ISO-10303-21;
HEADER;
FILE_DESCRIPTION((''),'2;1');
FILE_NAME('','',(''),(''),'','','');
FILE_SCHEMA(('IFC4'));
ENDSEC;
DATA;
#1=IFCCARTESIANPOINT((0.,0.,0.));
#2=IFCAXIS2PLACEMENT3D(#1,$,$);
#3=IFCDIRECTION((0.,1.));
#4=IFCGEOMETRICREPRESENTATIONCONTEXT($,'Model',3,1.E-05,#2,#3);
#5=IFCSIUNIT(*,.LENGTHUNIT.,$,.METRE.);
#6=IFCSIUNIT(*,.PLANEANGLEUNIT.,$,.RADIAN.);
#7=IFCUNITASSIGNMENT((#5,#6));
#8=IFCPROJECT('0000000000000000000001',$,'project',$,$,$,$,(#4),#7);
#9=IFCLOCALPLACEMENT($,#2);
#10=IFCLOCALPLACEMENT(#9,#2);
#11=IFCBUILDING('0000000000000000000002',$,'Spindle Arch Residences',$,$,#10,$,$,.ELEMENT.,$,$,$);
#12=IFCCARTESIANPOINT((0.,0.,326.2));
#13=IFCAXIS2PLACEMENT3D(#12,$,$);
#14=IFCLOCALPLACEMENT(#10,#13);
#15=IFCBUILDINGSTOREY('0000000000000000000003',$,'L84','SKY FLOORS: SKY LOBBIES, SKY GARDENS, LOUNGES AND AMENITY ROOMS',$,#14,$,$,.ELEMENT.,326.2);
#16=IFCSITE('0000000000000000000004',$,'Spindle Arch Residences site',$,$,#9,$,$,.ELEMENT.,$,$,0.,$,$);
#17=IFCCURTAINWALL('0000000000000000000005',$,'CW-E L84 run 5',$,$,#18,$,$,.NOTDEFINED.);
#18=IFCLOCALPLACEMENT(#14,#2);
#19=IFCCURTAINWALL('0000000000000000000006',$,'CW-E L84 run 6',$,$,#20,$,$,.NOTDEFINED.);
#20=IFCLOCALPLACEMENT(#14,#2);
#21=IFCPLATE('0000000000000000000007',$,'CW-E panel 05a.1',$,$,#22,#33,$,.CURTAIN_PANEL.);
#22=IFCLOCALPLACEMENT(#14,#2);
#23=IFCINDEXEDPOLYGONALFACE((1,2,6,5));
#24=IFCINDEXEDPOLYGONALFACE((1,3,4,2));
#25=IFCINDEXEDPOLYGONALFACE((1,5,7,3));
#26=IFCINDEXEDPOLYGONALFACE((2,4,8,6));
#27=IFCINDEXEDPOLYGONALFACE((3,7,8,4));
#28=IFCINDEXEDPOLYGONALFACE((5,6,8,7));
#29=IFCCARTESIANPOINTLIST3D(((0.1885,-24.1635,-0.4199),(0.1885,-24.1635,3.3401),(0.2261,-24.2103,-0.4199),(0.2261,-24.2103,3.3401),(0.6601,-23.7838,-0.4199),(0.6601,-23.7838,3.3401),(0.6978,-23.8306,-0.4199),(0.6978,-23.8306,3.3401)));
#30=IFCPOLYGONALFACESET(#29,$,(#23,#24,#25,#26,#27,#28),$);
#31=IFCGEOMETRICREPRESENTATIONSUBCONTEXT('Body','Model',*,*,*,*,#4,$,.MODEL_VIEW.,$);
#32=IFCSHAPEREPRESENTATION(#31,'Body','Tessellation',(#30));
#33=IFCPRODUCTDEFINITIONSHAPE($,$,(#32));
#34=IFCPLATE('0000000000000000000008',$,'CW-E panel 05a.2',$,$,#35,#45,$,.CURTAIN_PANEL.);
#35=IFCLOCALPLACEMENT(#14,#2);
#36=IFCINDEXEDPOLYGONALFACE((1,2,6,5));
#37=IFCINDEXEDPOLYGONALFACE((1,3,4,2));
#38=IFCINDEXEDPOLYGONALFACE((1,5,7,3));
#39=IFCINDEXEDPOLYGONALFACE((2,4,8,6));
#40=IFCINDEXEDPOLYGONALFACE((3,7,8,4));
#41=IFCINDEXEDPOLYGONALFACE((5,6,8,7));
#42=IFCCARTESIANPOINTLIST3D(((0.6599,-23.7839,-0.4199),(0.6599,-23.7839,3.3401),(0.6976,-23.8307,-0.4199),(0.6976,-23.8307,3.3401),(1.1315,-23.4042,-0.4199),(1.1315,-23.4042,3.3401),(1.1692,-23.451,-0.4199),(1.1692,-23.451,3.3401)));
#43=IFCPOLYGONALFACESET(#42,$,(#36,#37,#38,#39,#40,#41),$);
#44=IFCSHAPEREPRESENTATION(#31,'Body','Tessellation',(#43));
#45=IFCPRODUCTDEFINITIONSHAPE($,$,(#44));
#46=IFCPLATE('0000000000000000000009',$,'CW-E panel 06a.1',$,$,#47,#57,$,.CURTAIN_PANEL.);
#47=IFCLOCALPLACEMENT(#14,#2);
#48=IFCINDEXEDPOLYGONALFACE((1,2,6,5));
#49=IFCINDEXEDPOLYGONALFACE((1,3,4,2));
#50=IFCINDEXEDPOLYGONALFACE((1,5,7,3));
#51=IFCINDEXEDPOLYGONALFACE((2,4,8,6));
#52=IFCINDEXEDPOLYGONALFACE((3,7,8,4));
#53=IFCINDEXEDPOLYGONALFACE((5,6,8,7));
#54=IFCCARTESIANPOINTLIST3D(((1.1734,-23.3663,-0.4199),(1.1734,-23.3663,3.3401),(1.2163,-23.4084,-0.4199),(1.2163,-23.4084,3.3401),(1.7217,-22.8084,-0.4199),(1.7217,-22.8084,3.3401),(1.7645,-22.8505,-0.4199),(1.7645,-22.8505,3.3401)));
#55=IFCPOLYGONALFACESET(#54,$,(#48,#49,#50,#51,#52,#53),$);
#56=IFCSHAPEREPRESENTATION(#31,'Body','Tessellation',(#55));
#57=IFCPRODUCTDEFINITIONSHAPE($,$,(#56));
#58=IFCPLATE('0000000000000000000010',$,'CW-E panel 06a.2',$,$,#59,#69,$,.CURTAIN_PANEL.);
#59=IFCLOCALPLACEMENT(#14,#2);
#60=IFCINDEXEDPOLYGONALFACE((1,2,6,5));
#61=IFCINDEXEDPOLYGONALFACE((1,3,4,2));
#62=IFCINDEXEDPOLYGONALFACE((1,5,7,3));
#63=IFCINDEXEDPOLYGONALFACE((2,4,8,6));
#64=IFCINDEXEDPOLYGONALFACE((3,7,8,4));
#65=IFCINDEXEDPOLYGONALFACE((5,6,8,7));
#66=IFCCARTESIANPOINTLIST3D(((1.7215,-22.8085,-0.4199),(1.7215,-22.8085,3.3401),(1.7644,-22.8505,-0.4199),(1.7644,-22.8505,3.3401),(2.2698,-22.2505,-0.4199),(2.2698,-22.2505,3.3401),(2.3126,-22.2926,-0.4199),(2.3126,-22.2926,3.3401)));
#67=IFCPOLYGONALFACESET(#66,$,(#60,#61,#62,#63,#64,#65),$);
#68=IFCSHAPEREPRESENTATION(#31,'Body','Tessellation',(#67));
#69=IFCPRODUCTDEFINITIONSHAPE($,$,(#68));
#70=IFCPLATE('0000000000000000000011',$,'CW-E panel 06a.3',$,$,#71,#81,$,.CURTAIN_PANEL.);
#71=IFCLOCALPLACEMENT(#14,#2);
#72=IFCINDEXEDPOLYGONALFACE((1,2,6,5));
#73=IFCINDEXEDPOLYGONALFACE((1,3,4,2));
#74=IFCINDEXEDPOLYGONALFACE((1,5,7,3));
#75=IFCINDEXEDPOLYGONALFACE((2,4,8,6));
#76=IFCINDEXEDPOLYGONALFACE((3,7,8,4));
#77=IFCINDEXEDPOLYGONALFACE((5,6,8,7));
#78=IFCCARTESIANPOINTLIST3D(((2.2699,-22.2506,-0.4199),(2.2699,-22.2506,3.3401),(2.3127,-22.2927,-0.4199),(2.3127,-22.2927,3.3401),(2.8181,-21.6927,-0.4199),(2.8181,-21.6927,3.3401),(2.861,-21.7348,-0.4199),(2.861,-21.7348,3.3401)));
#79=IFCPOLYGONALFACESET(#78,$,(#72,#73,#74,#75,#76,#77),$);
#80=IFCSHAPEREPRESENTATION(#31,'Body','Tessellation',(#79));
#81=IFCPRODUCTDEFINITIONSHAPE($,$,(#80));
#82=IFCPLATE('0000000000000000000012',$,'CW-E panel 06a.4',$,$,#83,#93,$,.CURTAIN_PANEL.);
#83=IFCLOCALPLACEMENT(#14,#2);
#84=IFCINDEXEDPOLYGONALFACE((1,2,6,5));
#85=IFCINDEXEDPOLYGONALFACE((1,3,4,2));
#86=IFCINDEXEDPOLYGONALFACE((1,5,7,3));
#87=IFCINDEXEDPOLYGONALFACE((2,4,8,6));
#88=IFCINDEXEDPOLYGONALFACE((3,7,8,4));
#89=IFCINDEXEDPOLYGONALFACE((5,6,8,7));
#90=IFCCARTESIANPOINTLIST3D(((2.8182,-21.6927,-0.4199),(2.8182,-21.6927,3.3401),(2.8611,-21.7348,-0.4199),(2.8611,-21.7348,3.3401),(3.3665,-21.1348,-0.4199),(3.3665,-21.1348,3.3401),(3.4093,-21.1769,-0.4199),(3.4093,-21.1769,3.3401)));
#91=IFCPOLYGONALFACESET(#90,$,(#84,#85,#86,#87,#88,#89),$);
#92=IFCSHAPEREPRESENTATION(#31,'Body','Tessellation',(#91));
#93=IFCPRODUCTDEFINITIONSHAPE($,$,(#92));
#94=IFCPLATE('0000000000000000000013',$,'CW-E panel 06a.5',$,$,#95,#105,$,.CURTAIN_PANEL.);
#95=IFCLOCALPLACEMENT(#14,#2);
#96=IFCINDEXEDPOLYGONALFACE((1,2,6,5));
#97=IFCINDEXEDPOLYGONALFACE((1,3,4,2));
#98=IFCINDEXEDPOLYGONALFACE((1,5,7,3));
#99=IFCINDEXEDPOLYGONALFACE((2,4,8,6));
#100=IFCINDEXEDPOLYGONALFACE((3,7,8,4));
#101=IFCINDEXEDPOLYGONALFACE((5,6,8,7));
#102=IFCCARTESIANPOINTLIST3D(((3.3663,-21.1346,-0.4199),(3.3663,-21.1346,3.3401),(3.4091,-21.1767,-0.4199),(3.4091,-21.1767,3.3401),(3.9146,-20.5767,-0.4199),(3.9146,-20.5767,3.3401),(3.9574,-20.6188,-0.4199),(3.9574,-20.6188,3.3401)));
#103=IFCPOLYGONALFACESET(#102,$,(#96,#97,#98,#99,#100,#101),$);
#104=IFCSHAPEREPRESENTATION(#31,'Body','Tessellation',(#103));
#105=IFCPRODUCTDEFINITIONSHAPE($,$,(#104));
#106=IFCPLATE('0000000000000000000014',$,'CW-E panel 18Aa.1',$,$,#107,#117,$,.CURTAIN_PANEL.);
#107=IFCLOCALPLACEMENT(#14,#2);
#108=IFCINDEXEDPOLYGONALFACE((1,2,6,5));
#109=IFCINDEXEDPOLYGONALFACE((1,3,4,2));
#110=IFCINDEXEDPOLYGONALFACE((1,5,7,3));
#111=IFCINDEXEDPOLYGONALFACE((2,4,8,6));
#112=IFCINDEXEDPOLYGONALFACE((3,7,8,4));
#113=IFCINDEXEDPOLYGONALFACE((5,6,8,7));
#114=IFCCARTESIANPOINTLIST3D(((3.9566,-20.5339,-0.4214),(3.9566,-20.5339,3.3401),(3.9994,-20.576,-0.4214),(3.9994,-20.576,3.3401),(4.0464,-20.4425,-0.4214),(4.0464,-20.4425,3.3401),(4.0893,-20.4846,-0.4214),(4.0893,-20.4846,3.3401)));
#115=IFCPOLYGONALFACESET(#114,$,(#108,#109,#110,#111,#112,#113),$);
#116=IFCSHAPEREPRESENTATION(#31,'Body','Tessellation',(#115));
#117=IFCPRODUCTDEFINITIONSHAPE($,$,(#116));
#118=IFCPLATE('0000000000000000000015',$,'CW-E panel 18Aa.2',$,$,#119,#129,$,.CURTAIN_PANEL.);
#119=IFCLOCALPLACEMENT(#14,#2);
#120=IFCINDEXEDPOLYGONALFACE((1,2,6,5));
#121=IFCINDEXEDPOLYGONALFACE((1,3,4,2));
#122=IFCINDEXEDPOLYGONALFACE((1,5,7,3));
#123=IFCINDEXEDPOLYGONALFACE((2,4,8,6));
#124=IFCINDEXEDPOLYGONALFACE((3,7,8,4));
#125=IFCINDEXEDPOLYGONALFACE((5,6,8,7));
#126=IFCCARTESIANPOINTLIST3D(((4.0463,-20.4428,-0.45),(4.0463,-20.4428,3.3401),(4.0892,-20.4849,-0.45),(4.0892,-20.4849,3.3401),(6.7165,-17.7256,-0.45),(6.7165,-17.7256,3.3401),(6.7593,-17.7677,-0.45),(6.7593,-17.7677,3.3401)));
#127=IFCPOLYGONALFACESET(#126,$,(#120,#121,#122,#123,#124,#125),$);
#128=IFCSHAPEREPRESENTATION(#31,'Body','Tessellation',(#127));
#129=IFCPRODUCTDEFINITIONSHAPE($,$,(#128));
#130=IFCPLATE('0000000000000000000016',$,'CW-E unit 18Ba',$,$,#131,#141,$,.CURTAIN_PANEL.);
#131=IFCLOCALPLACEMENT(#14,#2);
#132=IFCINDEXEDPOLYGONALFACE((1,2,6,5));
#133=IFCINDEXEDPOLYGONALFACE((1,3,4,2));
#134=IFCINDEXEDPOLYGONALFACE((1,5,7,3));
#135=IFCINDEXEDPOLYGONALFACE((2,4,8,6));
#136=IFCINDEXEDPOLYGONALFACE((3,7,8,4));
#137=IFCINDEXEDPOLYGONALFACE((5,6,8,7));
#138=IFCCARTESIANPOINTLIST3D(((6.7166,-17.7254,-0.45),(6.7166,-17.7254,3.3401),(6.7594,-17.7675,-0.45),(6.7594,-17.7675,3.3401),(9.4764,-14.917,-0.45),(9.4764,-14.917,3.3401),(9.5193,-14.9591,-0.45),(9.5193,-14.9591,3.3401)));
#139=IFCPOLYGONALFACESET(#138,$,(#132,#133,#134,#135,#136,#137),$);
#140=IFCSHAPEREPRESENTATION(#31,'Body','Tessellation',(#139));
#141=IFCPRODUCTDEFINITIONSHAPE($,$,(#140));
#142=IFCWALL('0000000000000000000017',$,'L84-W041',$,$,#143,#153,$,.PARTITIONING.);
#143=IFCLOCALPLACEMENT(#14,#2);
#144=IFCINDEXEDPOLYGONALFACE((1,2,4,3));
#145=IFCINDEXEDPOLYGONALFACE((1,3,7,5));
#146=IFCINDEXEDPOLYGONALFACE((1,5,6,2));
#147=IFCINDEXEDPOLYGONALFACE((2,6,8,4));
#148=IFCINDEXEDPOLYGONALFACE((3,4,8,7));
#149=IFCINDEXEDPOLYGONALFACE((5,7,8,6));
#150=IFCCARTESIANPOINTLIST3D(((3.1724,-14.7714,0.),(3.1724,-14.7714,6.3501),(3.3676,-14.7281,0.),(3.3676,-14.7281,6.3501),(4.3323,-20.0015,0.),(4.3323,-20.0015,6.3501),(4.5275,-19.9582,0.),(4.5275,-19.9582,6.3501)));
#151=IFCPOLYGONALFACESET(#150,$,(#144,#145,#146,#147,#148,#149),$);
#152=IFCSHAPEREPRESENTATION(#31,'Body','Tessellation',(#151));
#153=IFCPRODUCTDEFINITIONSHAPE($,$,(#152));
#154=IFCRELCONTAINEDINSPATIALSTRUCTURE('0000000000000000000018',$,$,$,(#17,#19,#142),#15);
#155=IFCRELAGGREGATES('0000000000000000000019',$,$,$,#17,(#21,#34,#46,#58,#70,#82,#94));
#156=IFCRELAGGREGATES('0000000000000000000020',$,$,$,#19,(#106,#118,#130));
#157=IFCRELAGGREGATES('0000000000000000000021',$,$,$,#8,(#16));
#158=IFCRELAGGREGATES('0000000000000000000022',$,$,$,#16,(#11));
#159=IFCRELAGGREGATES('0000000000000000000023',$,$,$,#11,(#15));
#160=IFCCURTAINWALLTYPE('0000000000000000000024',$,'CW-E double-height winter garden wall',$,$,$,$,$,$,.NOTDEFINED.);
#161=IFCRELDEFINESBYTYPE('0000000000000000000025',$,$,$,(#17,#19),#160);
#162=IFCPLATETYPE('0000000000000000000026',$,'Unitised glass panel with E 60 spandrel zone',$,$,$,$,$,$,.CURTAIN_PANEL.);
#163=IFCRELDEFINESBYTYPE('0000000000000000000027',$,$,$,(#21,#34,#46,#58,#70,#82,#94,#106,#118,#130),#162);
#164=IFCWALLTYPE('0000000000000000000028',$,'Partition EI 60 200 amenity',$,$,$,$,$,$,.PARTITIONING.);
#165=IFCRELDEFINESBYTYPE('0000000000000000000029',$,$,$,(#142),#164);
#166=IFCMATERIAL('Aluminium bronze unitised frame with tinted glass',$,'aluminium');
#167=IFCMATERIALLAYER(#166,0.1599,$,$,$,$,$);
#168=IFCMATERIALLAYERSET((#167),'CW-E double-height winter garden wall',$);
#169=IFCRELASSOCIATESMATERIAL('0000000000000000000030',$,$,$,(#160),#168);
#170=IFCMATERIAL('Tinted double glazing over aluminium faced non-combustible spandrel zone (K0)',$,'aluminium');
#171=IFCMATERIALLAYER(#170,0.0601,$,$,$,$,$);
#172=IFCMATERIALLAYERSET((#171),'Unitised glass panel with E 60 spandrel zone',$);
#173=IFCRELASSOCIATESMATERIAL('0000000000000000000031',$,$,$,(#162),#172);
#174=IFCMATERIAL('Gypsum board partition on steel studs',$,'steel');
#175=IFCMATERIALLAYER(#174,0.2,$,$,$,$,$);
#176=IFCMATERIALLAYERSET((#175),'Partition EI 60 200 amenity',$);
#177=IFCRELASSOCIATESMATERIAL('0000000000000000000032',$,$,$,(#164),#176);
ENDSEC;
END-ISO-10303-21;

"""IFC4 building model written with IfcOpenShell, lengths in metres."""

from ifc_helpers import new_model, si_unit, direction, frame, frame_2d, origin, origin_2d, place, context, subcontext, project, spatial, rectangle, extrude, material, layer, layer_set, type_object, element, aggregate, save


model = new_model("IFC4")

# Units and contexts
model_context = context("Model", 3, precision=1e-05, world=origin(), true_north=direction((0.0, 1.0)))
body_context = subcontext(model_context, "Body", "Model", "MODEL_VIEW")
ifc_project = project(units=[si_unit("LENGTHUNIT", "METRE"), si_unit("PLANEANGLEUNIT", "RADIAN")], contexts=[model_context])

# Site, building, storey
site_placement = place(None, origin())
site = spatial("IfcSite", under=ifc_project, at=site_placement, Name="Spindle Arch Residences site", CompositionType="ELEMENT", RefElevation=0.0)
building_placement = place(site_placement, origin())
building = spatial("IfcBuilding", under=site, at=building_placement, Name="Spindle Arch Residences", CompositionType="ELEMENT")
storey_placement = place(building_placement, frame((0.0, 0.0, 326.2)))
storey = spatial("IfcBuildingStorey", under=building, at=storey_placement, Name="L84", Description="SKY FLOORS: SKY LOBBIES, SKY GARDENS, LOUNGES AND AMENITY ROOMS", CompositionType="ELEMENT", Elevation=326.2)

# Curtain wall
ifc_material_1 = material(Name="Aluminium bronze unitised frame with tinted glass", Category="aluminium")
ifc_layer_1 = layer(ifc_material_1, 0.1599)
ifc_layer_set_1 = layer_set([ifc_layer_1], Name="CW-E double-height winter garden wall")
curtain_wall_type = type_object("IfcCurtainWallType", Name="CW-E double-height winter garden wall", PredefinedType="NOTDEFINED", material=ifc_layer_set_1)
curtain_wall_1_placement = place(storey_placement, origin())
curtain_wall_1 = element("IfcCurtainWall", 1, at=curtain_wall_1_placement, inside=storey, type_object=curtain_wall_type, Name="CW-E L84 run 5", PredefinedType="NOTDEFINED")

# Curtain wall
curtain_wall_2_placement = place(storey_placement, origin())
curtain_wall_2 = element("IfcCurtainWall", 2, at=curtain_wall_2_placement, inside=storey, type_object=curtain_wall_type, Name="CW-E L84 run 6", PredefinedType="NOTDEFINED")

# Plates
ifc_material_2 = material(Name="Tinted double glazing over aluminium faced non-combustible spandrel zone (K0)", Category="aluminium")
ifc_layer_2 = layer(ifc_material_2, 0.0601)
ifc_layer_set_2 = layer_set([ifc_layer_2], Name="Unitised glass panel with E 60 spandrel zone")
plate_type_1 = type_object("IfcPlateType", Name="Unitised glass panel with E 60 spandrel zone", PredefinedType="CURTAIN_PANEL", material=ifc_layer_set_2)
plate_1_placement = place(storey_placement, frame((0.4431, -23.9971, -0.4199), z_axis=(0.0, 0.0, 1.0), x_axis=(0.778973, 0.627057, 0.0)))
plate_1 = element("IfcPlate", 3, at=plate_1_placement, type_object=plate_type_1, Name="CW-E panel 05a.1", PredefinedType="CURTAIN_PANEL", context=body_context, shape_type="SweptSolid", body=[
    extrude(rectangle(XDim=0.6055, YDim=0.0601, at=origin_2d()), origin(), (0.0, 0.0, 1.0), 3.76),
])
plate_2_placement = place(storey_placement, frame((0.9146, -23.6174, -0.4199), z_axis=(0.0, 0.0, 1.0), x_axis=(0.778973, 0.627057, 0.0)))
plate_2 = element("IfcPlate", 4, at=plate_2_placement, type_object=plate_type_1, Name="CW-E panel 05a.2", PredefinedType="CURTAIN_PANEL", context=body_context, shape_type="SweptSolid", body=[
    extrude(rectangle(XDim=0.6055, YDim=0.0601, at=origin_2d()), origin(), (0.0, 0.0, 1.0), 3.76),
])
plate_3_placement = place(storey_placement, frame((1.469, -23.1084, -0.4199), z_axis=(0.0, 0.0, 1.0), x_axis=(0.700909, 0.71325, 0.0)))
plate_3 = element("IfcPlate", 5, at=plate_3_placement, type_object=plate_type_1, Name="CW-E panel 06a.1", PredefinedType="CURTAIN_PANEL", context=body_context, shape_type="SweptSolid", body=[
    extrude(rectangle(XDim=0.7822, YDim=0.0601, at=origin_2d()), origin(), (0.0, 0.0, 1.0), 3.76),
])
plate_4_placement = place(storey_placement, frame((2.0171, -22.5505, -0.4199), z_axis=(0.0, 0.0, 1.0), x_axis=(0.700909, 0.71325, 0.0)))
plate_4 = element("IfcPlate", 6, at=plate_4_placement, type_object=plate_type_1, Name="CW-E panel 06a.2", PredefinedType="CURTAIN_PANEL", context=body_context, shape_type="SweptSolid", body=[
    extrude(rectangle(XDim=0.7822, YDim=0.0601, at=origin_2d()), origin(), (0.0, 0.0, 1.0), 3.76),
])
plate_5_placement = place(storey_placement, frame((2.5654, -21.9927, -0.4199), z_axis=(0.0, 0.0, 1.0), x_axis=(0.700909, 0.71325, 0.0)))
plate_5 = element("IfcPlate", 7, at=plate_5_placement, type_object=plate_type_1, Name="CW-E panel 06a.3", PredefinedType="CURTAIN_PANEL", context=body_context, shape_type="SweptSolid", body=[
    extrude(rectangle(XDim=0.7822, YDim=0.0601, at=origin_2d()), origin(), (0.0, 0.0, 1.0), 3.76),
])
plate_6_placement = place(storey_placement, frame((3.1138, -21.4348, -0.4199), z_axis=(0.0, 0.0, 1.0), x_axis=(0.700909, 0.71325, 0.0)))
plate_6 = element("IfcPlate", 8, at=plate_6_placement, type_object=plate_type_1, Name="CW-E panel 06a.4", PredefinedType="CURTAIN_PANEL", context=body_context, shape_type="SweptSolid", body=[
    extrude(rectangle(XDim=0.7822, YDim=0.0601, at=origin_2d()), origin(), (0.0, 0.0, 1.0), 3.76),
])
plate_7_placement = place(storey_placement, frame((3.6619, -20.8767, -0.4199), z_axis=(0.0, 0.0, 1.0), x_axis=(0.700909, 0.71325, 0.0)))
plate_7 = element("IfcPlate", 9, at=plate_7_placement, type_object=plate_type_1, Name="CW-E panel 06a.5", PredefinedType="CURTAIN_PANEL", context=body_context, shape_type="SweptSolid", body=[
    extrude(rectangle(XDim=0.7822, YDim=0.0601, at=origin_2d()), origin(), (0.0, 0.0, 1.0), 3.76),
])
aggregate(curtain_wall_1, [plate_1, plate_2, plate_3, plate_4, plate_5, plate_6, plate_7])
plate_8_placement = place(storey_placement, frame((4.0229, -20.5093, -0.4214), z_axis=(0.0, 0.0, 1.0), x_axis=(0.700909, 0.71325, 0.0)))
plate_8 = element("IfcPlate", 10, at=plate_8_placement, type_object=plate_type_1, Name="CW-E panel 18Aa.1", PredefinedType="CURTAIN_PANEL", context=body_context, shape_type="SweptSolid", body=[
    extrude(rectangle(XDim=0.1282, YDim=0.0601, at=origin_2d()), origin(), (0.0, 0.0, 1.0), 3.7615),
])
plate_9_placement = place(storey_placement, frame((5.4028, -19.1052, -0.45), z_axis=(0.0, 0.0, 1.0), x_axis=(0.700909, 0.71325, 0.0)))
plate_9 = element("IfcPlate", 11, at=plate_9_placement, type_object=plate_type_1, Name="CW-E panel 18Aa.2", PredefinedType="CURTAIN_PANEL", context=body_context, shape_type="SweptSolid", body=[
    extrude(rectangle(XDim=3.8096, YDim=0.0601, at=origin_2d()), origin(), (0.0, 0.0, 1.0), 3.79),
])
plate_10_placement = place(storey_placement, frame((8.1179, -16.3423, -0.45), z_axis=(0.0, 0.0, 1.0), x_axis=(0.700909, 0.71325, 0.0)))
plate_10 = element("IfcPlate", 12, at=plate_10_placement, type_object=plate_type_1, Name="CW-E unit 18Ba", PredefinedType="CURTAIN_PANEL", context=body_context, shape_type="SweptSolid", body=[
    extrude(rectangle(XDim=3.9375, YDim=0.0601, at=origin_2d()), origin(), (0.0, 0.0, 1.0), 3.79),
])
aggregate(curtain_wall_2, [plate_8, plate_9, plate_10])

# Wall
ifc_material_3 = material(Name="Gypsum board partition on steel studs", Category="steel")
ifc_layer_3 = layer(ifc_material_3, 0.2)
ifc_layer_set_3 = layer_set([ifc_layer_3], Name="Partition EI 60 200 amenity")
wall_type = type_object("IfcWallType", Name="Partition EI 60 200 amenity", PredefinedType="PARTITIONING", material=ifc_layer_set_3)
wall_placement = place(storey_placement, frame((4.4299, -19.98, 0.0), z_axis=(0.0, 0.0, 1.0), x_axis=(-0.21652, 0.976278, 0.0)))
element("IfcWall", 13, at=wall_placement, inside=storey, type_object=wall_type, Name="L84-W041", PredefinedType="PARTITIONING", context=body_context, shape_type="SweptSolid", body=[
    extrude(rectangle(XDim=5.3572, YDim=0.2, at=frame_2d((2.6787, 0.0))), origin(), (0.0, 0.0, 1.0), 6.3501),
])

save(model, "model.ifc")
